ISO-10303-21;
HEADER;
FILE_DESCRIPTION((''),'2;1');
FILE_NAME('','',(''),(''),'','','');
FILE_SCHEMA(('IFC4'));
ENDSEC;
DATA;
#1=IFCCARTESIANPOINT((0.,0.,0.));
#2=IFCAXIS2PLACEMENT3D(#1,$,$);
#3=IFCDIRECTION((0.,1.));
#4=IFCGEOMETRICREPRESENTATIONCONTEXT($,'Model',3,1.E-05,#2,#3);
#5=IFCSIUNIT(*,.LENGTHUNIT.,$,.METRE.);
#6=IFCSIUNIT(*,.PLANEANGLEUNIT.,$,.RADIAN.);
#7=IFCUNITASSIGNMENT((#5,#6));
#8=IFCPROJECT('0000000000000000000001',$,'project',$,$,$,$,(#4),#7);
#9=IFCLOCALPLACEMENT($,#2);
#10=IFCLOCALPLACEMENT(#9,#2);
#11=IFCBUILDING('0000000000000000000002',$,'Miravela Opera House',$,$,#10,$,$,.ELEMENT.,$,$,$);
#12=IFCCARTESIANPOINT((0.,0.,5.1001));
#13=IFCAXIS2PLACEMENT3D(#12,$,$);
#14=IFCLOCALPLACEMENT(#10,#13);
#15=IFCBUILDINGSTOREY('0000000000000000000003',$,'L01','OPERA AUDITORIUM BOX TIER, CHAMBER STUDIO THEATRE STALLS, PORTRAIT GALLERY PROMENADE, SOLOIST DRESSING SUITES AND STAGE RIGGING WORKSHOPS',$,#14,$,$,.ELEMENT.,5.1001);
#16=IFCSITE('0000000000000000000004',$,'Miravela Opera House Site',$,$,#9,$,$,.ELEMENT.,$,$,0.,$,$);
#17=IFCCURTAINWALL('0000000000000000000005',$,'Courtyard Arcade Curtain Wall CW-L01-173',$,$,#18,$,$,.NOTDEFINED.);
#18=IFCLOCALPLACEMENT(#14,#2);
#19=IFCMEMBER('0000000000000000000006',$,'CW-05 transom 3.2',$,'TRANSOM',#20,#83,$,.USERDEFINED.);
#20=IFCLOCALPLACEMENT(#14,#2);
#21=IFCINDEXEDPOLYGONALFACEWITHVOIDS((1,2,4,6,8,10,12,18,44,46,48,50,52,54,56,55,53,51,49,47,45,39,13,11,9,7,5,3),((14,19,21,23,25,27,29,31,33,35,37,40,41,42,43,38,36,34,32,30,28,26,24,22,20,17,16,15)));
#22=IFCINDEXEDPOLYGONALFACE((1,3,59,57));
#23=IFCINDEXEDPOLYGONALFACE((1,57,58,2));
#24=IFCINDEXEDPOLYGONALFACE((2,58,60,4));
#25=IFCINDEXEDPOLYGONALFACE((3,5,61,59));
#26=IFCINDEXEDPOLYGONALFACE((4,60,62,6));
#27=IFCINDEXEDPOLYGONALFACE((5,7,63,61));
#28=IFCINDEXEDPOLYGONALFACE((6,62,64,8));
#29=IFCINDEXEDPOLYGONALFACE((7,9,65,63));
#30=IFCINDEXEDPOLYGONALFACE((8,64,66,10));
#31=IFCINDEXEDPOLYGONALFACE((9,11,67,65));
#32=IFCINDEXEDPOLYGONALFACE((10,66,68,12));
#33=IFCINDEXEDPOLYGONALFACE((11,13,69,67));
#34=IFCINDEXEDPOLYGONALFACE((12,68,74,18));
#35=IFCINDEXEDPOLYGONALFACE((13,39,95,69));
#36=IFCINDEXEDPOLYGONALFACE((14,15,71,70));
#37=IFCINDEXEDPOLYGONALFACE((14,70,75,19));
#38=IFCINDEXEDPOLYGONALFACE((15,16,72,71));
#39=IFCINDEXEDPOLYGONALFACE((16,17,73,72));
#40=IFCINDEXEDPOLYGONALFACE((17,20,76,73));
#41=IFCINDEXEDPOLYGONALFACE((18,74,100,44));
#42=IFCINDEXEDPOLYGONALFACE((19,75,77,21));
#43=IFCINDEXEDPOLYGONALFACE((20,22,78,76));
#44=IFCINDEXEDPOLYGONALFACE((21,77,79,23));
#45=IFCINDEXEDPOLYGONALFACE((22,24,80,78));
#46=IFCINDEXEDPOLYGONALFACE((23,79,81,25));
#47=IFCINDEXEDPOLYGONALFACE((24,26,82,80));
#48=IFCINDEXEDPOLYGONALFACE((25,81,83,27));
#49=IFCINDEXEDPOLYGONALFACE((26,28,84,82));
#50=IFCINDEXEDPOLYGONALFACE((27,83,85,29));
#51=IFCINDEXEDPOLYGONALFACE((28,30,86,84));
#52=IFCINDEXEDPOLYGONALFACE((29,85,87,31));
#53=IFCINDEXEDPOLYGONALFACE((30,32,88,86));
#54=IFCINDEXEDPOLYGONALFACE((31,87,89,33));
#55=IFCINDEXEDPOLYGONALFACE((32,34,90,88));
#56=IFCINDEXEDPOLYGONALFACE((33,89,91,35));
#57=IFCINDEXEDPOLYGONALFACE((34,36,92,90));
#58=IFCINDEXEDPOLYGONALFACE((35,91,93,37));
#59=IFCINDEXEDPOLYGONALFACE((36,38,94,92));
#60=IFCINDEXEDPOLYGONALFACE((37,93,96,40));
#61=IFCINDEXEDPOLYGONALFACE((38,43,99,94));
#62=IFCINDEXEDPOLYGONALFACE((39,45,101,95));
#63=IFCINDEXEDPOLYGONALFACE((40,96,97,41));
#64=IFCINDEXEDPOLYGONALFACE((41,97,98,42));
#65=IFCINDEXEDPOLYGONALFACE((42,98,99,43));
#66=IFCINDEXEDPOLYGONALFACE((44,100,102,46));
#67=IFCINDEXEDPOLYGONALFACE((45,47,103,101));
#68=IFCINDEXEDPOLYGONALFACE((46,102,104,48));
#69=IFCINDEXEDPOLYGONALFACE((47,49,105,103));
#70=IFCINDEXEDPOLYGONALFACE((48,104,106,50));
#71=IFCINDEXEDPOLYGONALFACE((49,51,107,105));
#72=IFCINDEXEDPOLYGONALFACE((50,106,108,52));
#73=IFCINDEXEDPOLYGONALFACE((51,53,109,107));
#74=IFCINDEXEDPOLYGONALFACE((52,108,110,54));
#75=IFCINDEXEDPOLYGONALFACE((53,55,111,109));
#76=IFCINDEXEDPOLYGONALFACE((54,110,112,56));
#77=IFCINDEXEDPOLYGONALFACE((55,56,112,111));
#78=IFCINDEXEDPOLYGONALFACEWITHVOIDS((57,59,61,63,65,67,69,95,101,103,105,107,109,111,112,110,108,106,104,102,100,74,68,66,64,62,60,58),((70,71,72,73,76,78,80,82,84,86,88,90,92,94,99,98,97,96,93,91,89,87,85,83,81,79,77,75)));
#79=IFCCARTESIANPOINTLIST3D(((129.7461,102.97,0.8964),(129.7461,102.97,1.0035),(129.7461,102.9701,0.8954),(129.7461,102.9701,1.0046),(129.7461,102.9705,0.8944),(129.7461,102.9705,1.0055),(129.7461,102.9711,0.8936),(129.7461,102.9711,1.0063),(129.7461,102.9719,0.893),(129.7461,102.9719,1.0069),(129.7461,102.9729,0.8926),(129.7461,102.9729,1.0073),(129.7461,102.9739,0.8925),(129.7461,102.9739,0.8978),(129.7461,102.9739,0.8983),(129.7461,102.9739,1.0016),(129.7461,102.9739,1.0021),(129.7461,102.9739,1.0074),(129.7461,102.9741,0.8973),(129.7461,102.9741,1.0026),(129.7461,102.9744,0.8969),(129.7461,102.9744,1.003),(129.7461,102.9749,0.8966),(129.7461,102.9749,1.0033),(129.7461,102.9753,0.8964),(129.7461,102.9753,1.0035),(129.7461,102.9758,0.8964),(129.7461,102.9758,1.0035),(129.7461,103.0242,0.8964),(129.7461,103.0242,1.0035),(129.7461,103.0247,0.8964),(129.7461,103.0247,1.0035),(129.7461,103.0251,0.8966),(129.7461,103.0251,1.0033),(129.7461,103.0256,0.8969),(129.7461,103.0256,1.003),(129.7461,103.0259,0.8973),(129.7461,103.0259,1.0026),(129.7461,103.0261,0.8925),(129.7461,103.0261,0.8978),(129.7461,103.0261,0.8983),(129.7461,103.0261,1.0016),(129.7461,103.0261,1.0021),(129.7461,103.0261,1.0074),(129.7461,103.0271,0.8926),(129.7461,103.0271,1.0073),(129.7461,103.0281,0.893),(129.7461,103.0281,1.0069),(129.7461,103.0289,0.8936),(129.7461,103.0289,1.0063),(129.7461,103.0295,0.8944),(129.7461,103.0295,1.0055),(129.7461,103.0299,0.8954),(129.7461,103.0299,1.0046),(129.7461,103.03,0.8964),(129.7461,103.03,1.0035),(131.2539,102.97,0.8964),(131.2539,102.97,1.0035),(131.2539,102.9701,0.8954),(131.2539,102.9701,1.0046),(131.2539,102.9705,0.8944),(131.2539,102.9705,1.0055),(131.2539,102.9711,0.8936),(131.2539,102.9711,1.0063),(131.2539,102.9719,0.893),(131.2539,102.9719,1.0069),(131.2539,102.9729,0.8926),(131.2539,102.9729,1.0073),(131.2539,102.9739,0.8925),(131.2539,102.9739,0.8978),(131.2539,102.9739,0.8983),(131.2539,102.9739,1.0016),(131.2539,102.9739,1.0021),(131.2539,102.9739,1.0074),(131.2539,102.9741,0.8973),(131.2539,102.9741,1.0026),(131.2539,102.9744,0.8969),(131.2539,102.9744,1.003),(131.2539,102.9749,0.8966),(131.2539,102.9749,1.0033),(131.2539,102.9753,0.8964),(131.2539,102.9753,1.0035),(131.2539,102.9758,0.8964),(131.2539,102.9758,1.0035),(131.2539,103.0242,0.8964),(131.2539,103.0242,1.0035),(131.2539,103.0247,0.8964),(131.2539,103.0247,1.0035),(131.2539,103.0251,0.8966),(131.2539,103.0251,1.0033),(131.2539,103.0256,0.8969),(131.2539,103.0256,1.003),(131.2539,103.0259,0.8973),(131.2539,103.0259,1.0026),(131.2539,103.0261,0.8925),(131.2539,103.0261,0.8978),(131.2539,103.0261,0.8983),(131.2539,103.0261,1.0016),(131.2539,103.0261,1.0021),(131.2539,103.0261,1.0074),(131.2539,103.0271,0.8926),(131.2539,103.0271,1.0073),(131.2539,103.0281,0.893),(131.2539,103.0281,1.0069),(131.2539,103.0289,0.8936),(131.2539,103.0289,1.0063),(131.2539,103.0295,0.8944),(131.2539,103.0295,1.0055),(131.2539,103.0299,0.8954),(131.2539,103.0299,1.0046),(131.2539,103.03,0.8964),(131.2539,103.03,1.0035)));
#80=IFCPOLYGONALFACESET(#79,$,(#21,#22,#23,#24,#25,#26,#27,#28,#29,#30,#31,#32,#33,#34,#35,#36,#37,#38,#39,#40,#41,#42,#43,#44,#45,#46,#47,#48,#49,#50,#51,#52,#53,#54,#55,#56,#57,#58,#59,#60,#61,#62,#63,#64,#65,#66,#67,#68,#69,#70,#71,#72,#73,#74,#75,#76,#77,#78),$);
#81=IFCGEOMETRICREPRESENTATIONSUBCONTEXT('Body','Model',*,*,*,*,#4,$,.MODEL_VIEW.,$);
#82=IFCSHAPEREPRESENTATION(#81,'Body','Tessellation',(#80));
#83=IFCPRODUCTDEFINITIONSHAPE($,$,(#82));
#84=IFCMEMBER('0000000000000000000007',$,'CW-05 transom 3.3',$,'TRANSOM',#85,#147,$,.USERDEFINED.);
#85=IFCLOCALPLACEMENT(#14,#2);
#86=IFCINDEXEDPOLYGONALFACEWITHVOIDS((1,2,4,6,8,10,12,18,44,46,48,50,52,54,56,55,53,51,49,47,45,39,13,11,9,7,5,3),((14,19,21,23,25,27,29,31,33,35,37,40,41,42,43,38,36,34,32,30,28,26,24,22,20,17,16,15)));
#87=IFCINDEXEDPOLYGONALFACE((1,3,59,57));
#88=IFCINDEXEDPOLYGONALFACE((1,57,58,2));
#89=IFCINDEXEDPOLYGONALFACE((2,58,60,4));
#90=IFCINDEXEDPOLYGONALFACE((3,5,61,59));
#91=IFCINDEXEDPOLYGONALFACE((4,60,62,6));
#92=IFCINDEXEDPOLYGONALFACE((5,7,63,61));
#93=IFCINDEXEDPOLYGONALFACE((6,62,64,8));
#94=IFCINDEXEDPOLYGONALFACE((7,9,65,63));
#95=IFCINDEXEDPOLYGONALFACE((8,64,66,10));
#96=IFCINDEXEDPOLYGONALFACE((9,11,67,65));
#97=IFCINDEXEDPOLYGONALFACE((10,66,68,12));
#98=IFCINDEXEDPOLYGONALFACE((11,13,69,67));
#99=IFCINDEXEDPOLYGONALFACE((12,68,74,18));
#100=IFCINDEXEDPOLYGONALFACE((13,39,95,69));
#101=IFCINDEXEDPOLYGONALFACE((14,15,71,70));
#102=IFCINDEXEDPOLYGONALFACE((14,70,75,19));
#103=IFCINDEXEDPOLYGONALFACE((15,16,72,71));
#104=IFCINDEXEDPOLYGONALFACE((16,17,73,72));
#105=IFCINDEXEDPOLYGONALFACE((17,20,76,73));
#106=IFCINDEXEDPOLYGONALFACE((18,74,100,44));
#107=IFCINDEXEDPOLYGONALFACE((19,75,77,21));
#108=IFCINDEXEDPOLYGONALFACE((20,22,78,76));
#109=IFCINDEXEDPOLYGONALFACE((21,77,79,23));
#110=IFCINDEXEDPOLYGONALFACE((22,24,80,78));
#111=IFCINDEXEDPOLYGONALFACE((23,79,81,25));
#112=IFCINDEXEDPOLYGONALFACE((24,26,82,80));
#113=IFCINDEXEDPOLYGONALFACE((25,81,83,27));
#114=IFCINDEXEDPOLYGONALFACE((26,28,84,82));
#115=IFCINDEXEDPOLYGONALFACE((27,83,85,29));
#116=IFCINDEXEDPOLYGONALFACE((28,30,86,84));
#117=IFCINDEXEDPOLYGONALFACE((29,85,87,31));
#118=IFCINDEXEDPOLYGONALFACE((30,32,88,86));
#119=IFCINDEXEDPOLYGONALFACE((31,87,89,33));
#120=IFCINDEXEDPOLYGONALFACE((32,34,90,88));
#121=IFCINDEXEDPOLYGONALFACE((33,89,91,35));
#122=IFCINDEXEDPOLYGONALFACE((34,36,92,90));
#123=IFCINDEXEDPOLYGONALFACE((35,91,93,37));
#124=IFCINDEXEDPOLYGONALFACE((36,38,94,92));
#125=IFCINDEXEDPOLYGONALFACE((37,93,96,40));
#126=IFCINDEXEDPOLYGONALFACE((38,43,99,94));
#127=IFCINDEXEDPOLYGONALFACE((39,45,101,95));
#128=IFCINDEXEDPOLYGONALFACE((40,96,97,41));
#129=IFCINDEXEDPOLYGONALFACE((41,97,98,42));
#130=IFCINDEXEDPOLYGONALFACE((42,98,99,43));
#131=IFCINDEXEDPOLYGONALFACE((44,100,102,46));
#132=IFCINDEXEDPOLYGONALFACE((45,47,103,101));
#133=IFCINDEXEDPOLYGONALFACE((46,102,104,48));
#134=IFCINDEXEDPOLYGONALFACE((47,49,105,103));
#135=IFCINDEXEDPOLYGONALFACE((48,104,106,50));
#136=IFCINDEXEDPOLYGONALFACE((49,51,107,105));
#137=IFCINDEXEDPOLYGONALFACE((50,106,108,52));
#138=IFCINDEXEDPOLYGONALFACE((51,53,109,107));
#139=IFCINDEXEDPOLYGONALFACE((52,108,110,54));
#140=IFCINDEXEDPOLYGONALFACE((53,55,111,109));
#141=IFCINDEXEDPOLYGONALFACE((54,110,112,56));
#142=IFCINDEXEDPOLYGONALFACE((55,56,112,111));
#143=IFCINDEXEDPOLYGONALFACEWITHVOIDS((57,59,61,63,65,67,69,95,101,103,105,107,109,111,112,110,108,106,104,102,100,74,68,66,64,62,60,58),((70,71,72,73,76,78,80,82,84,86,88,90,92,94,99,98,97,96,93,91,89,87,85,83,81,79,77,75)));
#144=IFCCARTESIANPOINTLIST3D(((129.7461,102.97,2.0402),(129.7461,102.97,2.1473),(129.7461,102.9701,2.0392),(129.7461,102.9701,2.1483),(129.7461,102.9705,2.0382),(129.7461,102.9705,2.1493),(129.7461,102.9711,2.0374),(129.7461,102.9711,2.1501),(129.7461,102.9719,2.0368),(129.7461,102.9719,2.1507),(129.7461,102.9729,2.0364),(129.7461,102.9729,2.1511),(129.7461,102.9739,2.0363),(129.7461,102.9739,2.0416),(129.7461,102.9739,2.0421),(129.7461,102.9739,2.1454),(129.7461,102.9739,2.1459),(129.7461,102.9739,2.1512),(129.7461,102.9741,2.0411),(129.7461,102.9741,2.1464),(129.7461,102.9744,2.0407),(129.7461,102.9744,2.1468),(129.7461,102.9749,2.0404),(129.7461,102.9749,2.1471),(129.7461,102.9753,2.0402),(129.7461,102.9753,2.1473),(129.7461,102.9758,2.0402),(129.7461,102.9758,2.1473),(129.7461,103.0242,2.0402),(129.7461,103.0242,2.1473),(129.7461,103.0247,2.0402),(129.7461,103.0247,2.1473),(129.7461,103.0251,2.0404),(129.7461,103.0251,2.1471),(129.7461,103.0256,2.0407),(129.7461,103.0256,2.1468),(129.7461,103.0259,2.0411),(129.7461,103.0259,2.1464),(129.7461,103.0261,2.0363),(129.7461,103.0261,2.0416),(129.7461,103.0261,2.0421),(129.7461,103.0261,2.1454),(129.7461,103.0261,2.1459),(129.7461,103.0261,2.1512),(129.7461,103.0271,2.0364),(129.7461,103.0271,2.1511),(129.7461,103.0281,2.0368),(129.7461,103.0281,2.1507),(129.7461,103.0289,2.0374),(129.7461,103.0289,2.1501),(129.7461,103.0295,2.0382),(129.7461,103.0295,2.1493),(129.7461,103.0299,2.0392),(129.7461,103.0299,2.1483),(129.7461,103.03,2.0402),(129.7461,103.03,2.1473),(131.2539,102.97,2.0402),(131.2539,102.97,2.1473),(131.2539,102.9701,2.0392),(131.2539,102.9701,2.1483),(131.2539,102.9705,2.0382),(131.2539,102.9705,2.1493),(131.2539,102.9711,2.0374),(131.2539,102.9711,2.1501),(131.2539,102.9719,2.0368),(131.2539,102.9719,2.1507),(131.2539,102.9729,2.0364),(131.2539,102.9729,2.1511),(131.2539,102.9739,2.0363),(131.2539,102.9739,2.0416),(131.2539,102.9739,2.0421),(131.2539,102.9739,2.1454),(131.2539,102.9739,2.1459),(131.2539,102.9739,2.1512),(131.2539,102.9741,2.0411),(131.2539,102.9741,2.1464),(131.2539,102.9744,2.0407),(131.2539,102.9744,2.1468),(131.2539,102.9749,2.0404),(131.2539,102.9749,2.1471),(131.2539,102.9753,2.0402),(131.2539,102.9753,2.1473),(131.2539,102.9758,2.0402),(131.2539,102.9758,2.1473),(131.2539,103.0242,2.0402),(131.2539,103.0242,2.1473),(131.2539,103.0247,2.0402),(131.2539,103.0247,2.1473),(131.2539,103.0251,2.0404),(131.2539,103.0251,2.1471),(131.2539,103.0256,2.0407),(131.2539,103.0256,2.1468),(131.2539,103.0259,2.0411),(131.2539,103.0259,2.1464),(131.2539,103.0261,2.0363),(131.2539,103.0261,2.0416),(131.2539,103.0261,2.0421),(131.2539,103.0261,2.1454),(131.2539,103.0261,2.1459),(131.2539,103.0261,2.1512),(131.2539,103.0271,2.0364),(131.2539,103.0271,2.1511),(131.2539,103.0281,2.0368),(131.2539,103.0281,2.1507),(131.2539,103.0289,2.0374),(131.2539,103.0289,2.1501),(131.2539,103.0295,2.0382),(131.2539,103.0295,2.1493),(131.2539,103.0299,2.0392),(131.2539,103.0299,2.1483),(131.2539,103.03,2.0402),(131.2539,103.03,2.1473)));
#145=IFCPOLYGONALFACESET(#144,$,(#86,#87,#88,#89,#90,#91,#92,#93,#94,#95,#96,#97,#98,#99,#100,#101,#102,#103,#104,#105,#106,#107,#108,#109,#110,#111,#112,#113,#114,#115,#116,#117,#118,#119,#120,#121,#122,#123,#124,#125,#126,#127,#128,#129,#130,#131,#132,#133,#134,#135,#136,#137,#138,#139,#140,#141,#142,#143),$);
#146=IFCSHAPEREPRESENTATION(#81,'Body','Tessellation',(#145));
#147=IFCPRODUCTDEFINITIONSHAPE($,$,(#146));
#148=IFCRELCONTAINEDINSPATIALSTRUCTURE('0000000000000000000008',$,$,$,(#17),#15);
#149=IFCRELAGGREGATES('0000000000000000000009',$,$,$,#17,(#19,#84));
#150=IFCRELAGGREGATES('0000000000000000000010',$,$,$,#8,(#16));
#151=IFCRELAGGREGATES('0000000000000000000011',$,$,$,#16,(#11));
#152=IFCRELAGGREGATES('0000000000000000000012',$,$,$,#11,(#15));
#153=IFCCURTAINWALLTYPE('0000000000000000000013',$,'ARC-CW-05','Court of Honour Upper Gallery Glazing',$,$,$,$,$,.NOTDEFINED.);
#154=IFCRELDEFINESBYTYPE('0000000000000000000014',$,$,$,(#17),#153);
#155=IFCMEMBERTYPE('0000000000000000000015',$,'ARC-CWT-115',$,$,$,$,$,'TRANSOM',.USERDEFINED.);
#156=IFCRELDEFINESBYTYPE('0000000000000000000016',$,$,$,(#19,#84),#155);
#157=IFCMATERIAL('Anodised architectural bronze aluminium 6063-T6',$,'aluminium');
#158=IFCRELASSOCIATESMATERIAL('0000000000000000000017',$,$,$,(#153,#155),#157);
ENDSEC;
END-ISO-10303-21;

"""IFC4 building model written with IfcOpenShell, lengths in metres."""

from ifc_helpers import new_model, si_unit, direction, frame, origin, origin_2d, place, context, subcontext, project, spatial, hollow_rectangle, extrude, material, material_profile, profile_set, type_object, element, aggregate, save


model = new_model("IFC4")

# Units and contexts
model_context = context("Model", 3, precision=1e-05, world=origin(), true_north=direction((0.0, 1.0)))
body_context = subcontext(model_context, "Body", "Model", "MODEL_VIEW")
ifc_project = project(units=[si_unit("LENGTHUNIT", "METRE"), si_unit("PLANEANGLEUNIT", "RADIAN")], contexts=[model_context])

# Site, building, storey
site_placement = place(None, origin())
site = spatial("IfcSite", under=ifc_project, at=site_placement, Name="Miravela Opera House Site", CompositionType="ELEMENT", RefElevation=0.0)
building_placement = place(site_placement, origin())
building = spatial("IfcBuilding", under=site, at=building_placement, Name="Miravela Opera House", CompositionType="ELEMENT")
storey_placement = place(building_placement, frame((0.0, 0.0, 5.1001)))
storey = spatial("IfcBuildingStorey", under=building, at=storey_placement, Name="L01", Description="OPERA AUDITORIUM BOX TIER, CHAMBER STUDIO THEATRE STALLS, PORTRAIT GALLERY PROMENADE, SOLOIST DRESSING SUITES AND STAGE RIGGING WORKSHOPS", CompositionType="ELEMENT", Elevation=5.1001)

# Curtain wall, members
ifc_material_1 = material(Name="Anodised architectural bronze aluminium 6063-T6", Category="aluminium")
curtain_wall_type = type_object("IfcCurtainWallType", Name="ARC-CW-05", Description="Court of Honour Upper Gallery Glazing", PredefinedType="NOTDEFINED", material=ifc_material_1)
curtain_wall_placement = place(storey_placement, origin())
curtain_wall = element("IfcCurtainWall", 1, at=curtain_wall_placement, inside=storey, type_object=curtain_wall_type, Name="Courtyard Arcade Curtain Wall CW-L01-173", PredefinedType="NOTDEFINED")
ifc_material_profile_1 = material_profile(ifc_material_1, hollow_rectangle(XDim=0.0601, YDim=0.115, WallThickness=0.0039, InnerFilletRadius=0.002, OuterFilletRadius=0.0039, at=origin_2d()), Name="CWT-60X115")
ifc_profile_set_1 = profile_set([ifc_material_profile_1])
member_type_1 = type_object("IfcMemberType", Name="ARC-CWT-115", ElementType="TRANSOM", PredefinedType="USERDEFINED", material=ifc_profile_set_1)
member_1_placement = place(storey_placement, frame((129.7461, 103.0, 0.95), z_axis=(1.0, 0.0, 0.0), x_axis=(0.0, 1.0, 0.0)))
member_1 = element("IfcMember", 2, at=member_1_placement, type_object=member_type_1, Name="CW-05 transom 3.2", ObjectType="TRANSOM", PredefinedType="USERDEFINED", context=body_context, shape_type="SweptSolid", body=[
    extrude(hollow_rectangle(XDim=0.0601, YDim=0.115, WallThickness=0.0039, InnerFilletRadius=0.002, OuterFilletRadius=0.0039, at=origin_2d()), origin(), (0.0, 0.0, 1.0), 1.5078),
])
member_2_placement = place(storey_placement, frame((129.7461, 103.0, 2.0938), z_axis=(1.0, 0.0, 0.0), x_axis=(0.0, 1.0, 0.0)))
member_2 = element("IfcMember", 3, at=member_2_placement, type_object=member_type_1, Name="CW-05 transom 3.3", ObjectType="TRANSOM", PredefinedType="USERDEFINED", context=body_context, shape_type="SweptSolid", body=[
    extrude(hollow_rectangle(XDim=0.0601, YDim=0.115, WallThickness=0.0039, InnerFilletRadius=0.002, OuterFilletRadius=0.0039, at=origin_2d()), origin(), (0.0, 0.0, 1.0), 1.5078),
])

aggregate(curtain_wall, [member_1, member_2])

save(model, "model.ifc")
